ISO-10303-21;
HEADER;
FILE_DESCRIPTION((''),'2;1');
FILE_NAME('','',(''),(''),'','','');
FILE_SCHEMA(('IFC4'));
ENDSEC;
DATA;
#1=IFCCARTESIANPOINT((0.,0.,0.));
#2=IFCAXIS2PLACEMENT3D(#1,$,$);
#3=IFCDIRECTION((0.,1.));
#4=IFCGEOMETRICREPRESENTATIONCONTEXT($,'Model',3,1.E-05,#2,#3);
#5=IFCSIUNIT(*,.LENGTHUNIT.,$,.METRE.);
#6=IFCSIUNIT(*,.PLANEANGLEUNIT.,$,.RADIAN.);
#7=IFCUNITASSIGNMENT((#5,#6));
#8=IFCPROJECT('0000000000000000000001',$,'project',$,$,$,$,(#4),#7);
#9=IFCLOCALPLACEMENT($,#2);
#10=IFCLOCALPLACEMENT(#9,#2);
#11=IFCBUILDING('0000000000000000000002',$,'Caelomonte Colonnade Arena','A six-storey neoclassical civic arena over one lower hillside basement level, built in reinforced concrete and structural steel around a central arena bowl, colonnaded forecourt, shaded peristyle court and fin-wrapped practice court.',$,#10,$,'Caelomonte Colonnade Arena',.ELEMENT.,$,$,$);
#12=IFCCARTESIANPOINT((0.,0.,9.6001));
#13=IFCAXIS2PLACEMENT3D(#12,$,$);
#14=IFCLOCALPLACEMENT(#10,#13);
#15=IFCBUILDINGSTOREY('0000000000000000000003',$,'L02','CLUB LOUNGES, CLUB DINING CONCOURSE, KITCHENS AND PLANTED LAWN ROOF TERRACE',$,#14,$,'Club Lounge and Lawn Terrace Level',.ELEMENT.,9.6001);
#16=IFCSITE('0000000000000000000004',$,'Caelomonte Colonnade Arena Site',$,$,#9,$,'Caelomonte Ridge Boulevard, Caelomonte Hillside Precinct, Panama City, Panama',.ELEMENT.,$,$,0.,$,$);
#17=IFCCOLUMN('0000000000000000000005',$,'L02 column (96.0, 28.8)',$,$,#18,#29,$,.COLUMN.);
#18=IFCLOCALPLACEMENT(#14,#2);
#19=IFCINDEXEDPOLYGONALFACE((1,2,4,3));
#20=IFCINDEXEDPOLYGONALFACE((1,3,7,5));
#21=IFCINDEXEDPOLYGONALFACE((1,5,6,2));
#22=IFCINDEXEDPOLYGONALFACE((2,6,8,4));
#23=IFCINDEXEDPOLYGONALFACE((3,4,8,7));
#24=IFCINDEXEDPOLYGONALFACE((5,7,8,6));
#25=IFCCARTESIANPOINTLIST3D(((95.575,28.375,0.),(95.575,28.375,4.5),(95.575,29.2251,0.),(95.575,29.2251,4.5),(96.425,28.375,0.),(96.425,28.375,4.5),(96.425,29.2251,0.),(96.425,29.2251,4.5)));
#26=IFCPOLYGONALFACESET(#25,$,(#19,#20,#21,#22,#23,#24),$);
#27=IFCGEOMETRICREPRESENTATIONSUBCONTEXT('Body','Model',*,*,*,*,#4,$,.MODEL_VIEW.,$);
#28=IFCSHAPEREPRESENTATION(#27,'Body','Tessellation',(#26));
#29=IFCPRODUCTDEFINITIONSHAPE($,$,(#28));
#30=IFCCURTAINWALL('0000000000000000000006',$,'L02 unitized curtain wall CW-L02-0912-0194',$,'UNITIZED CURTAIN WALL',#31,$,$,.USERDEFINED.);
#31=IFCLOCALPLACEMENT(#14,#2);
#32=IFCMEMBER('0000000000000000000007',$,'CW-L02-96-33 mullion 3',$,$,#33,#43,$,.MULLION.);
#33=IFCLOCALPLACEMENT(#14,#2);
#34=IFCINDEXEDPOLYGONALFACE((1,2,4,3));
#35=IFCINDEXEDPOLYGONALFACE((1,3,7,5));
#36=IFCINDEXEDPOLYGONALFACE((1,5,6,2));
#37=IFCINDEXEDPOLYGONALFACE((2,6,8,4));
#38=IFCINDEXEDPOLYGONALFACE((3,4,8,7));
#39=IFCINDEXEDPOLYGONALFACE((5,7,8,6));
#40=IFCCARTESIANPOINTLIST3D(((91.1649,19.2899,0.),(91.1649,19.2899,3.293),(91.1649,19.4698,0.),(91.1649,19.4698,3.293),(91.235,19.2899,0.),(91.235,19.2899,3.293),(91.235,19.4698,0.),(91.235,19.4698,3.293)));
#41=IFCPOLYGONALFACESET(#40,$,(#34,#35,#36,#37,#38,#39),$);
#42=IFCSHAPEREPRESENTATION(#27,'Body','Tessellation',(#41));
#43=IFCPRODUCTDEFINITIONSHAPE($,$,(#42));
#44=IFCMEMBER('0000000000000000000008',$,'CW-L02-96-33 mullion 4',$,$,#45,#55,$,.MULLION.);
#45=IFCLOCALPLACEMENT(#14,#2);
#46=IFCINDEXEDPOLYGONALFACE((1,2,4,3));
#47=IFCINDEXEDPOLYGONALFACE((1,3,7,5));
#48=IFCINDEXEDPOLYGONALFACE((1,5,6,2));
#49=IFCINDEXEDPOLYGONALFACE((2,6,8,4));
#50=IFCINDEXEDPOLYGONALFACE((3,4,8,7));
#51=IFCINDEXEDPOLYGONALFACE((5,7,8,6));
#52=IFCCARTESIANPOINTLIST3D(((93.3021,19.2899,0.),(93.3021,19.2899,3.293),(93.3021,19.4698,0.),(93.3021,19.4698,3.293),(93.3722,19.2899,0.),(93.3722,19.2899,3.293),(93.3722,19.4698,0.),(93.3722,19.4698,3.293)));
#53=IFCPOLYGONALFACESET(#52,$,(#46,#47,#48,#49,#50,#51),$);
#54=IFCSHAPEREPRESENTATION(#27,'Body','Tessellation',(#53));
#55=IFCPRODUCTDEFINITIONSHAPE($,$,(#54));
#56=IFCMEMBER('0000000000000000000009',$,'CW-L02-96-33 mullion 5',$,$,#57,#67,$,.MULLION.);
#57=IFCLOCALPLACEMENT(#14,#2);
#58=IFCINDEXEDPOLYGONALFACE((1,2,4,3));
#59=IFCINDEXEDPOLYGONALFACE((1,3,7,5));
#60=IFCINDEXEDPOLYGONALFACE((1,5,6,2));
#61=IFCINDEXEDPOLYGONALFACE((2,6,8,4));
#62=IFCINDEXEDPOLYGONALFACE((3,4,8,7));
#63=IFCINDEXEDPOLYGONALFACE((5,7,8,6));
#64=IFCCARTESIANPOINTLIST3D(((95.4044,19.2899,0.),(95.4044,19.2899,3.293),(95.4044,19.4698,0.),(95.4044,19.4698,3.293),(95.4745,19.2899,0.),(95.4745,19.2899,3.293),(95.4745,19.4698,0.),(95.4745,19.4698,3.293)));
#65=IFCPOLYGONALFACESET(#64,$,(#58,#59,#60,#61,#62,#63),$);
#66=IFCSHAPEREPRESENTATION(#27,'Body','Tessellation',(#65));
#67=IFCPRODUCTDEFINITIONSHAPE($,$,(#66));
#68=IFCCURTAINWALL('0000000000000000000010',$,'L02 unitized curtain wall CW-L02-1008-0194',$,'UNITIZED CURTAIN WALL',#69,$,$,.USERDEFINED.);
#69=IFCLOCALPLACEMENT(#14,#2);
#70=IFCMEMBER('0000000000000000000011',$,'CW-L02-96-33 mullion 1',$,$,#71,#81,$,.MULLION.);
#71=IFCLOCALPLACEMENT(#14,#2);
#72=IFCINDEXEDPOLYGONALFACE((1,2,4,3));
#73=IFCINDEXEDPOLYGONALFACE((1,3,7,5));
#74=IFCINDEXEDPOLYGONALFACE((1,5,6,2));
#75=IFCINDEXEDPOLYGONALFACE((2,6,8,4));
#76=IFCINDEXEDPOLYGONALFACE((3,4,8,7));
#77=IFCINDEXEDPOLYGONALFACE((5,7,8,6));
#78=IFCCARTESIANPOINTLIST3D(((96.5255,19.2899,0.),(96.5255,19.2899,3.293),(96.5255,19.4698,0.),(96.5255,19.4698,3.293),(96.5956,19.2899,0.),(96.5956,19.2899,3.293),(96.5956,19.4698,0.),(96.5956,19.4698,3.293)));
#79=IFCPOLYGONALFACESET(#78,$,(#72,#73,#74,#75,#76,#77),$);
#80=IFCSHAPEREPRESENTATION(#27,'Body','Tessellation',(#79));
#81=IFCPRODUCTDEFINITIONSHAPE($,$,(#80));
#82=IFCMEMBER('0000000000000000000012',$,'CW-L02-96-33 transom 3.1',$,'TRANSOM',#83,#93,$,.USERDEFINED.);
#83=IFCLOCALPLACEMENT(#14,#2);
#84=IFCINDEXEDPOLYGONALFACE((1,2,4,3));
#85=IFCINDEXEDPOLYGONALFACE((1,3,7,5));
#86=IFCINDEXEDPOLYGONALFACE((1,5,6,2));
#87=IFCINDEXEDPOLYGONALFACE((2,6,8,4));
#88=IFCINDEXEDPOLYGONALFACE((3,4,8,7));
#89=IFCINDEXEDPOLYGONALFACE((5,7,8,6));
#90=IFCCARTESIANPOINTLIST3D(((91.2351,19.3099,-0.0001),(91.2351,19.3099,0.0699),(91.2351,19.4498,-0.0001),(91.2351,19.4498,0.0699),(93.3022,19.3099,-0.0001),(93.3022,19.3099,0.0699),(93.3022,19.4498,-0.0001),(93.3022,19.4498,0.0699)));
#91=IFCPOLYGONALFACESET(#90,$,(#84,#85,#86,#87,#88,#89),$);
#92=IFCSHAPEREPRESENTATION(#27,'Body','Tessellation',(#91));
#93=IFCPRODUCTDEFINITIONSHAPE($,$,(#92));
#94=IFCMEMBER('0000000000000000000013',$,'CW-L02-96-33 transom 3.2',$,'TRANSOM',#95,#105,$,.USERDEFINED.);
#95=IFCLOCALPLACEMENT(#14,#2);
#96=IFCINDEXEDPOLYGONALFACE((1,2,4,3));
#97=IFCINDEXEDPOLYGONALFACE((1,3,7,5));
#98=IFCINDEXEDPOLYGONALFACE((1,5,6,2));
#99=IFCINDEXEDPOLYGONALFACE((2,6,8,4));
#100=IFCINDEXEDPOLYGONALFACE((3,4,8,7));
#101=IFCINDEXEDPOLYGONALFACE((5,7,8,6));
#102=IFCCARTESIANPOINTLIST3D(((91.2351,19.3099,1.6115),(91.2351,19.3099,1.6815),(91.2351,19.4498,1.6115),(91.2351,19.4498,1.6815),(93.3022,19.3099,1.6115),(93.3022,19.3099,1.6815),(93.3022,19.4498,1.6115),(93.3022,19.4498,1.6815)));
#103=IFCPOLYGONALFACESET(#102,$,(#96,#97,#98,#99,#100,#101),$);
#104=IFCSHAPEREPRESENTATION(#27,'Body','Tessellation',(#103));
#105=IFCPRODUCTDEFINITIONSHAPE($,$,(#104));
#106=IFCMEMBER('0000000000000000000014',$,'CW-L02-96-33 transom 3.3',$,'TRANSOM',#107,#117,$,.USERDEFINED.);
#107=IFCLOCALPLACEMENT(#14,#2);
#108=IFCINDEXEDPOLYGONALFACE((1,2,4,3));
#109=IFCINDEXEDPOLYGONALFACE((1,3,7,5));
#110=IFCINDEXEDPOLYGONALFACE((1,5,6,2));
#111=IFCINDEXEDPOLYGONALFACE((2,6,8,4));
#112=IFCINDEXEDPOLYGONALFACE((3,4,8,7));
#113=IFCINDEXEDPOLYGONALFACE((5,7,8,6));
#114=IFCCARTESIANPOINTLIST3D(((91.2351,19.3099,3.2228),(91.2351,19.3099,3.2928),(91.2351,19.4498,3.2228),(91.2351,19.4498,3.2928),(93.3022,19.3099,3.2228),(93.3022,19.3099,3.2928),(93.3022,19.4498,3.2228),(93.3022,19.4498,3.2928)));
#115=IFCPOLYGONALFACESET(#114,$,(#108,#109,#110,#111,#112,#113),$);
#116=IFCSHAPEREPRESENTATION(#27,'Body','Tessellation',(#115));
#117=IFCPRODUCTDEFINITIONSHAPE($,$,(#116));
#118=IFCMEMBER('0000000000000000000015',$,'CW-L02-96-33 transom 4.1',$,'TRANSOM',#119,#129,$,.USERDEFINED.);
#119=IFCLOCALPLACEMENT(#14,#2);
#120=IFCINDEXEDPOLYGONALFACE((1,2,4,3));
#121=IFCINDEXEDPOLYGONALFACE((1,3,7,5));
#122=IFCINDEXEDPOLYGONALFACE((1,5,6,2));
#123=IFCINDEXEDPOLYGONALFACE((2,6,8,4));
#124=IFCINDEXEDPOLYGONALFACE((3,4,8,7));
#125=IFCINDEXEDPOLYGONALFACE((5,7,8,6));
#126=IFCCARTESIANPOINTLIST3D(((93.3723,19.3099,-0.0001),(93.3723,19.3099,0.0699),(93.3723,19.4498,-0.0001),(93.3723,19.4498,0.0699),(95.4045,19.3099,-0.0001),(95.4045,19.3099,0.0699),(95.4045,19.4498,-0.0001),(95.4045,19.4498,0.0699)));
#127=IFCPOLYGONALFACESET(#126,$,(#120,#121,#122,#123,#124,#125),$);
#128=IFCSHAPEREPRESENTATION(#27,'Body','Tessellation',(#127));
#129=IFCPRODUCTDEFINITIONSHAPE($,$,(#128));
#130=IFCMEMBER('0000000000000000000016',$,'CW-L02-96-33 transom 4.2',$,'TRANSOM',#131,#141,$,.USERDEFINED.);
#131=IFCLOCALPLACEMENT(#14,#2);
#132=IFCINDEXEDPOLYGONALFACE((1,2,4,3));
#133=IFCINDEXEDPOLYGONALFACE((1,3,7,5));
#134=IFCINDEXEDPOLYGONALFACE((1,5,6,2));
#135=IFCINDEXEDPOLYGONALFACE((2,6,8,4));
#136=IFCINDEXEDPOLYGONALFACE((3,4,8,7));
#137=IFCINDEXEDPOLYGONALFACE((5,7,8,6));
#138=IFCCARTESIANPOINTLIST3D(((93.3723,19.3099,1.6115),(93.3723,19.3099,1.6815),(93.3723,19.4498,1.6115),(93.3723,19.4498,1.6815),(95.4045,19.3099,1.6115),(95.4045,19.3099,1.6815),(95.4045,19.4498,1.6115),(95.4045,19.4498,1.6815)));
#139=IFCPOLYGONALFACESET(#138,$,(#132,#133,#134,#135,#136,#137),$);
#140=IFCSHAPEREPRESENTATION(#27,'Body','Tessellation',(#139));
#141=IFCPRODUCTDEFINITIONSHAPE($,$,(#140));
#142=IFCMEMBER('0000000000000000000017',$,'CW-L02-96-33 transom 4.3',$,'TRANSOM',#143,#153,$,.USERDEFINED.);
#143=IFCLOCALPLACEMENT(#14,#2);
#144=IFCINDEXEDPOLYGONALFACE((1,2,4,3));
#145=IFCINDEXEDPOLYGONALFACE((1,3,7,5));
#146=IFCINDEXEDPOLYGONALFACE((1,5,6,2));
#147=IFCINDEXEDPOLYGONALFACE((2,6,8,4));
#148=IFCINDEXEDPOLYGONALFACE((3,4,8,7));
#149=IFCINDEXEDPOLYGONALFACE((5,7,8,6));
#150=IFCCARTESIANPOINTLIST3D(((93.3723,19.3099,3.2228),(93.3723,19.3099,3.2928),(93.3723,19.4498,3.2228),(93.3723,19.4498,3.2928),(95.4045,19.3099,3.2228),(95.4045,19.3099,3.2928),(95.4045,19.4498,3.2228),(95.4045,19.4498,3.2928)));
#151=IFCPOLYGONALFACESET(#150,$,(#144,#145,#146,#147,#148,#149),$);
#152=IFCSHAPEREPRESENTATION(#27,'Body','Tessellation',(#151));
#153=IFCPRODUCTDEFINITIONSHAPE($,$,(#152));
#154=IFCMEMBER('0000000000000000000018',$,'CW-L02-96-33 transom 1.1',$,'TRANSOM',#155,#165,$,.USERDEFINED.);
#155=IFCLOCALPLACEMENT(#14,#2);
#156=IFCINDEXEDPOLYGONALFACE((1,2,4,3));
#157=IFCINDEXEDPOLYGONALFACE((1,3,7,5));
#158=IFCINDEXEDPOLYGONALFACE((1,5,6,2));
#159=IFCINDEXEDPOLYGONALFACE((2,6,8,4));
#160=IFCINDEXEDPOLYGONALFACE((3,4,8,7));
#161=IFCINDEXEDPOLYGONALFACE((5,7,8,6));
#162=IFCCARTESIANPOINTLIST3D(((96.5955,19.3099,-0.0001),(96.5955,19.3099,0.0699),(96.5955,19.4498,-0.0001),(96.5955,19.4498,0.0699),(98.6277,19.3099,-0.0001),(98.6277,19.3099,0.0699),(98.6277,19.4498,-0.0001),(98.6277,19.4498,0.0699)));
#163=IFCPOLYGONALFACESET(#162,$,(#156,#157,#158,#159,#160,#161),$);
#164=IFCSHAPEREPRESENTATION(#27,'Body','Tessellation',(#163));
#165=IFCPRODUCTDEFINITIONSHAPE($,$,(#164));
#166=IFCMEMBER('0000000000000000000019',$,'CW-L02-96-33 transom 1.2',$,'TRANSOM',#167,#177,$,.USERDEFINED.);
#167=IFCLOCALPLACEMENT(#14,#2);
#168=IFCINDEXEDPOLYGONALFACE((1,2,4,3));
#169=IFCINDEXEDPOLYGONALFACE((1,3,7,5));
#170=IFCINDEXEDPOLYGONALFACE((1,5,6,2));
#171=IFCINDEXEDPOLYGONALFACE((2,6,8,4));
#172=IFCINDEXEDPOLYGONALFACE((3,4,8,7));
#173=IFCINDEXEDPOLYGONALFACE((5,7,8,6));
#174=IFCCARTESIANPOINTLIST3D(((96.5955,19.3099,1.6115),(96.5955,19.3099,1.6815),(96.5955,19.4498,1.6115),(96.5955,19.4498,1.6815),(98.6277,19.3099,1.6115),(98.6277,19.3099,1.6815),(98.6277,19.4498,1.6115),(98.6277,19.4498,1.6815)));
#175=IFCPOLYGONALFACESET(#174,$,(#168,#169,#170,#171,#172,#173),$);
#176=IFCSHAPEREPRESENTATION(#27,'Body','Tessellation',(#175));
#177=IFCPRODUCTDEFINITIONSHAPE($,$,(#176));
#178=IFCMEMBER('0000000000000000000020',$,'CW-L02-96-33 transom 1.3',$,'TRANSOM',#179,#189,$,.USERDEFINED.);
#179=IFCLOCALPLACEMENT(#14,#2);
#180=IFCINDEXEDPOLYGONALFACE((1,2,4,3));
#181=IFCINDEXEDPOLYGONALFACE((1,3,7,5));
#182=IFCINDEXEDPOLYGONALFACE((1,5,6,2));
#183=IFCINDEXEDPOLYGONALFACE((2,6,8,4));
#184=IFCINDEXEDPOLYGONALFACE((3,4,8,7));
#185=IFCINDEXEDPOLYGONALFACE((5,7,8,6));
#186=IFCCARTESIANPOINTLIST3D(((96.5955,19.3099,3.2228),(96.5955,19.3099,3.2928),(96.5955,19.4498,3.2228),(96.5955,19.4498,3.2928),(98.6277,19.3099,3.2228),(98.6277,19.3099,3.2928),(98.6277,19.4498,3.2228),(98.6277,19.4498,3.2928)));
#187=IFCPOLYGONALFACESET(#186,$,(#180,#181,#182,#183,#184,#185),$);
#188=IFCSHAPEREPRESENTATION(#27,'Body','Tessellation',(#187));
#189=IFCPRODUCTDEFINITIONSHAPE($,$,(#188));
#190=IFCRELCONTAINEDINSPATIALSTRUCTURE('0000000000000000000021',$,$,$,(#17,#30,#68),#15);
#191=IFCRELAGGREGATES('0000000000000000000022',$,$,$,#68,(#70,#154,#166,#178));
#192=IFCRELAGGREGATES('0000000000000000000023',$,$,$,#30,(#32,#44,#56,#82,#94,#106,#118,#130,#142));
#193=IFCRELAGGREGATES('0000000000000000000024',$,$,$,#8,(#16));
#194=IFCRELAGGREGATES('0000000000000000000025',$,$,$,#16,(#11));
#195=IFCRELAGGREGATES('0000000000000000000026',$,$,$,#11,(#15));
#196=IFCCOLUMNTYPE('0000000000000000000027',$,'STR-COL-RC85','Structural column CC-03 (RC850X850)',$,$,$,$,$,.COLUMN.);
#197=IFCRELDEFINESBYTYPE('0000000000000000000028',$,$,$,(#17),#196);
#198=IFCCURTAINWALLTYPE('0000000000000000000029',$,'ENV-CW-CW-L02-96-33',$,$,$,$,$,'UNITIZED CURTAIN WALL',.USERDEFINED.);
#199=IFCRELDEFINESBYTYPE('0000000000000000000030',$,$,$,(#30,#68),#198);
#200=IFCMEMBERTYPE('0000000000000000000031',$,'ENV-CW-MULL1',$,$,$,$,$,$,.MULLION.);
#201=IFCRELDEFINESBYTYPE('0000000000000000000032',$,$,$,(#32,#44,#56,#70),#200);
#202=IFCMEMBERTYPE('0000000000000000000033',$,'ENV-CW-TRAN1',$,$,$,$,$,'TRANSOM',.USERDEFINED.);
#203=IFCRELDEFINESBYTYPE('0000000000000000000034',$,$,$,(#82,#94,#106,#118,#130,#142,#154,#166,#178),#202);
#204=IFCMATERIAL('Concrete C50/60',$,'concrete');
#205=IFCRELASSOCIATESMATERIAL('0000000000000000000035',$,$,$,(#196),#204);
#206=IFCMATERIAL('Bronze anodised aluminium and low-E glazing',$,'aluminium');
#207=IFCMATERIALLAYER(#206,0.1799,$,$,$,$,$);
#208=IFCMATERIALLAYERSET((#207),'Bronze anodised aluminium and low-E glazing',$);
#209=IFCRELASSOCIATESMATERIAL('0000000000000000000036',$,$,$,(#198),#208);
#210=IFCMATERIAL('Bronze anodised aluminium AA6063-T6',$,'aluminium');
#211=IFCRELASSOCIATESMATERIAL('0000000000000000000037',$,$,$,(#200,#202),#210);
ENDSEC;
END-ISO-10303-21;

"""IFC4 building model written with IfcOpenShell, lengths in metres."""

from ifc_helpers import new_model, si_unit, direction, frame, origin, origin_2d, place, context, subcontext, project, spatial, rectangle, extrude, material, layer, layer_set, material_profile, profile_set, type_object, element, aggregate, save


model = new_model("IFC4")

# Units and contexts
model_context = context("Model", 3, precision=1e-05, world=origin(), true_north=direction((0.0, 1.0)))
body_context = subcontext(model_context, "Body", "Model", "MODEL_VIEW")
ifc_project = project(units=[si_unit("LENGTHUNIT", "METRE"), si_unit("PLANEANGLEUNIT", "RADIAN")], contexts=[model_context])

# Site, building, storey
site_placement = place(None, origin())
site = spatial("IfcSite", under=ifc_project, at=site_placement, Name="Caelomonte Colonnade Arena Site", LongName="Caelomonte Ridge Boulevard, Caelomonte Hillside Precinct, Panama City, Panama", CompositionType="ELEMENT", RefElevation=0.0)
building_placement = place(site_placement, origin())
building = spatial("IfcBuilding", under=site, at=building_placement, Name="Caelomonte Colonnade Arena", Description="A six-storey neoclassical civic arena over one lower hillside basement level, built in reinforced concrete and structural steel around a central arena bowl, colonnaded forecourt, shaded peristyle court and fin-wrapped practice court.", LongName="Caelomonte Colonnade Arena", CompositionType="ELEMENT")
storey_placement = place(building_placement, frame((0.0, 0.0, 9.6001)))
storey = spatial("IfcBuildingStorey", under=building, at=storey_placement, Name="L02", Description="CLUB LOUNGES, CLUB DINING CONCOURSE, KITCHENS AND PLANTED LAWN ROOF TERRACE", LongName="Club Lounge and Lawn Terrace Level", CompositionType="ELEMENT", Elevation=9.6001)

# Column
ifc_material_1 = material(Name="Concrete C50/60", Category="concrete")
ifc_material_profile_1 = material_profile(ifc_material_1, rectangle(XDim=0.8501, YDim=0.8501, at=origin_2d()), Name="RC850X850")
ifc_profile_set_1 = profile_set([ifc_material_profile_1], Name="Concrete C50/60")
column_type = type_object("IfcColumnType", Name="STR-COL-RC85", Description="Structural column CC-03 (RC850X850)", PredefinedType="COLUMN", material=ifc_profile_set_1)
column_placement = place(storey_placement, frame((96.0, 28.8, 0.0), z_axis=(0.0, 0.0, 1.0), x_axis=(1.0, 0.0, 0.0)))
element("IfcColumn", 1, at=column_placement, inside=storey, type_object=column_type, Name="L02 column (96.0, 28.8)", PredefinedType="COLUMN", context=body_context, shape_type="SweptSolid", body=[
    extrude(rectangle(XDim=0.8501, YDim=0.8501, at=origin_2d()), origin(), (0.0, 0.0, 1.0), 4.5),
])

# Curtain wall, members
ifc_material_2 = material(Name="Bronze anodised aluminium and low-E glazing", Category="aluminium")
ifc_layer_1 = layer(ifc_material_2, 0.1799)
ifc_layer_set_1 = layer_set([ifc_layer_1], Name="Bronze anodised aluminium and low-E glazing")
curtain_wall_type = type_object("IfcCurtainWallType", Name="ENV-CW-CW-L02-96-33", ElementType="UNITIZED CURTAIN WALL", PredefinedType="USERDEFINED", material=ifc_layer_set_1)
curtain_wall_1_placement = place(storey_placement, origin())
curtain_wall_1 = element("IfcCurtainWall", 2, at=curtain_wall_1_placement, inside=storey, type_object=curtain_wall_type, Name="L02 unitized curtain wall CW-L02-0912-0194", ObjectType="UNITIZED CURTAIN WALL", PredefinedType="USERDEFINED")
ifc_material_3 = material(Name="Bronze anodised aluminium AA6063-T6", Category="aluminium")
ifc_material_profile_2 = material_profile(ifc_material_3, rectangle(XDim=0.0701, YDim=0.1799, at=origin_2d()), Name="CWM-70X180")
ifc_profile_set_2 = profile_set([ifc_material_profile_2], Name="Bronze anodised aluminium AA6063-T6")
member_type_1 = type_object("IfcMemberType", Name="ENV-CW-MULL1", PredefinedType="MULLION", material=ifc_profile_set_2)
member_1_placement = place(storey_placement, frame((91.2, 19.3799, 0.0), z_axis=(0.0, 0.0, 1.0), x_axis=(1.0, 0.0, 0.0)))
member_1 = element("IfcMember", 3, at=member_1_placement, type_object=member_type_1, Name="CW-L02-96-33 mullion 3", PredefinedType="MULLION", context=body_context, shape_type="SweptSolid", body=[
    extrude(rectangle(XDim=0.0701, YDim=0.1799, at=origin_2d()), origin(), (0.0, 0.0, 1.0), 3.293),
])
member_2_placement = place(storey_placement, frame((93.3372, 19.3799, 0.0), z_axis=(0.0, 0.0, 1.0), x_axis=(1.0, 0.0, 0.0)))
member_2 = element("IfcMember", 4, at=member_2_placement, type_object=member_type_1, Name="CW-L02-96-33 mullion 4", PredefinedType="MULLION", context=body_context, shape_type="SweptSolid", body=[
    extrude(rectangle(XDim=0.0701, YDim=0.1799, at=origin_2d()), origin(), (0.0, 0.0, 1.0), 3.293),
])
member_3_placement = place(storey_placement, frame((95.4395, 19.3799, 0.0), z_axis=(0.0, 0.0, 1.0), x_axis=(1.0, 0.0, 0.0)))
member_3 = element("IfcMember", 5, at=member_3_placement, type_object=member_type_1, Name="CW-L02-96-33 mullion 5", PredefinedType="MULLION", context=body_context, shape_type="SweptSolid", body=[
    extrude(rectangle(XDim=0.0701, YDim=0.1799, at=origin_2d()), origin(), (0.0, 0.0, 1.0), 3.293),
])

# Curtain wall, member
curtain_wall_2_placement = place(storey_placement, origin())
curtain_wall_2 = element("IfcCurtainWall", 6, at=curtain_wall_2_placement, inside=storey, type_object=curtain_wall_type, Name="L02 unitized curtain wall CW-L02-1008-0194", ObjectType="UNITIZED CURTAIN WALL", PredefinedType="USERDEFINED")
member_4_placement = place(storey_placement, frame((96.5605, 19.3799, 0.0), z_axis=(0.0, 0.0, 1.0), x_axis=(1.0, 0.0, 0.0)))
member_4 = element("IfcMember", 7, at=member_4_placement, type_object=member_type_1, Name="CW-L02-96-33 mullion 1", PredefinedType="MULLION", context=body_context, shape_type="SweptSolid", body=[
    extrude(rectangle(XDim=0.0701, YDim=0.1799, at=origin_2d()), origin(), (0.0, 0.0, 1.0), 3.293),
])

# Members
ifc_material_profile_3 = material_profile(ifc_material_3, rectangle(XDim=0.0701, YDim=0.1399, at=origin_2d()), Name="CWT-70X140")
ifc_profile_set_3 = profile_set([ifc_material_profile_3], Name="Bronze anodised aluminium AA6063-T6")
member_type_2 = type_object("IfcMemberType", Name="ENV-CW-TRAN1", ElementType="TRANSOM", PredefinedType="USERDEFINED", material=ifc_profile_set_3)
member_5_placement = place(storey_placement, frame((91.2351, 19.3799, 0.0349), z_axis=(1.0, 0.0, 0.0), x_axis=(0.0, 0.0, 1.0)))
member_5 = element("IfcMember", 8, at=member_5_placement, type_object=member_type_2, Name="CW-L02-96-33 transom 3.1", ObjectType="TRANSOM", PredefinedType="USERDEFINED", context=body_context, shape_type="SweptSolid", body=[
    extrude(rectangle(XDim=0.0701, YDim=0.1399, at=origin_2d()), origin(), (0.0, 0.0, 1.0), 2.0671),
])
member_6_placement = place(storey_placement, frame((91.2351, 19.3799, 1.6465), z_axis=(1.0, 0.0, 0.0), x_axis=(0.0, 0.0, 1.0)))
member_6 = element("IfcMember", 9, at=member_6_placement, type_object=member_type_2, Name="CW-L02-96-33 transom 3.2", ObjectType="TRANSOM", PredefinedType="USERDEFINED", context=body_context, shape_type="SweptSolid", body=[
    extrude(rectangle(XDim=0.0701, YDim=0.1399, at=origin_2d()), origin(), (0.0, 0.0, 1.0), 2.0671),
])
member_7_placement = place(storey_placement, frame((91.2351, 19.3799, 3.2578), z_axis=(1.0, 0.0, 0.0), x_axis=(0.0, 0.0, 1.0)))
member_7 = element("IfcMember", 10, at=member_7_placement, type_object=member_type_2, Name="CW-L02-96-33 transom 3.3", ObjectType="TRANSOM", PredefinedType="USERDEFINED", context=body_context, shape_type="SweptSolid", body=[
    extrude(rectangle(XDim=0.0701, YDim=0.1399, at=origin_2d()), origin(), (0.0, 0.0, 1.0), 2.0671),
])
member_8_placement = place(storey_placement, frame((93.3723, 19.3799, 0.0349), z_axis=(1.0, 0.0, 0.0), x_axis=(0.0, 0.0, 1.0)))
member_8 = element("IfcMember", 11, at=member_8_placement, type_object=member_type_2, Name="CW-L02-96-33 transom 4.1", ObjectType="TRANSOM", PredefinedType="USERDEFINED", context=body_context, shape_type="SweptSolid", body=[
    extrude(rectangle(XDim=0.0701, YDim=0.1399, at=origin_2d()), origin(), (0.0, 0.0, 1.0), 2.0322),
])
member_9_placement = place(storey_placement, frame((93.3723, 19.3799, 1.6465), z_axis=(1.0, 0.0, 0.0), x_axis=(0.0, 0.0, 1.0)))
member_9 = element("IfcMember", 12, at=member_9_placement, type_object=member_type_2, Name="CW-L02-96-33 transom 4.2", ObjectType="TRANSOM", PredefinedType="USERDEFINED", context=body_context, shape_type="SweptSolid", body=[
    extrude(rectangle(XDim=0.0701, YDim=0.1399, at=origin_2d()), origin(), (0.0, 0.0, 1.0), 2.0322),
])
member_10_placement = place(storey_placement, frame((93.3723, 19.3799, 3.2578), z_axis=(1.0, 0.0, 0.0), x_axis=(0.0, 0.0, 1.0)))
member_10 = element("IfcMember", 13, at=member_10_placement, type_object=member_type_2, Name="CW-L02-96-33 transom 4.3", ObjectType="TRANSOM", PredefinedType="USERDEFINED", context=body_context, shape_type="SweptSolid", body=[
    extrude(rectangle(XDim=0.0701, YDim=0.1399, at=origin_2d()), origin(), (0.0, 0.0, 1.0), 2.0322),
])
member_11_placement = place(storey_placement, frame((96.5955, 19.3799, 0.0349), z_axis=(1.0, 0.0, 0.0), x_axis=(0.0, 0.0, 1.0)))
member_11 = element("IfcMember", 14, at=member_11_placement, type_object=member_type_2, Name="CW-L02-96-33 transom 1.1", ObjectType="TRANSOM", PredefinedType="USERDEFINED", context=body_context, shape_type="SweptSolid", body=[
    extrude(rectangle(XDim=0.0701, YDim=0.1399, at=origin_2d()), origin(), (0.0, 0.0, 1.0), 2.0322),
])
member_12_placement = place(storey_placement, frame((96.5955, 19.3799, 1.6465), z_axis=(1.0, 0.0, 0.0), x_axis=(0.0, 0.0, 1.0)))
member_12 = element("IfcMember", 15, at=member_12_placement, type_object=member_type_2, Name="CW-L02-96-33 transom 1.2", ObjectType="TRANSOM", PredefinedType="USERDEFINED", context=body_context, shape_type="SweptSolid", body=[
    extrude(rectangle(XDim=0.0701, YDim=0.1399, at=origin_2d()), origin(), (0.0, 0.0, 1.0), 2.0322),
])
member_13_placement = place(storey_placement, frame((96.5955, 19.3799, 3.2578), z_axis=(1.0, 0.0, 0.0), x_axis=(0.0, 0.0, 1.0)))
member_13 = element("IfcMember", 16, at=member_13_placement, type_object=member_type_2, Name="CW-L02-96-33 transom 1.3", ObjectType="TRANSOM", PredefinedType="USERDEFINED", context=body_context, shape_type="SweptSolid", body=[
    extrude(rectangle(XDim=0.0701, YDim=0.1399, at=origin_2d()), origin(), (0.0, 0.0, 1.0), 2.0322),
])
aggregate(curtain_wall_2, [member_4, member_11, member_12, member_13])

aggregate(curtain_wall_1, [member_1, member_2, member_3, member_5, member_6, member_7, member_8, member_9, member_10])

save(model, "model.ifc")
